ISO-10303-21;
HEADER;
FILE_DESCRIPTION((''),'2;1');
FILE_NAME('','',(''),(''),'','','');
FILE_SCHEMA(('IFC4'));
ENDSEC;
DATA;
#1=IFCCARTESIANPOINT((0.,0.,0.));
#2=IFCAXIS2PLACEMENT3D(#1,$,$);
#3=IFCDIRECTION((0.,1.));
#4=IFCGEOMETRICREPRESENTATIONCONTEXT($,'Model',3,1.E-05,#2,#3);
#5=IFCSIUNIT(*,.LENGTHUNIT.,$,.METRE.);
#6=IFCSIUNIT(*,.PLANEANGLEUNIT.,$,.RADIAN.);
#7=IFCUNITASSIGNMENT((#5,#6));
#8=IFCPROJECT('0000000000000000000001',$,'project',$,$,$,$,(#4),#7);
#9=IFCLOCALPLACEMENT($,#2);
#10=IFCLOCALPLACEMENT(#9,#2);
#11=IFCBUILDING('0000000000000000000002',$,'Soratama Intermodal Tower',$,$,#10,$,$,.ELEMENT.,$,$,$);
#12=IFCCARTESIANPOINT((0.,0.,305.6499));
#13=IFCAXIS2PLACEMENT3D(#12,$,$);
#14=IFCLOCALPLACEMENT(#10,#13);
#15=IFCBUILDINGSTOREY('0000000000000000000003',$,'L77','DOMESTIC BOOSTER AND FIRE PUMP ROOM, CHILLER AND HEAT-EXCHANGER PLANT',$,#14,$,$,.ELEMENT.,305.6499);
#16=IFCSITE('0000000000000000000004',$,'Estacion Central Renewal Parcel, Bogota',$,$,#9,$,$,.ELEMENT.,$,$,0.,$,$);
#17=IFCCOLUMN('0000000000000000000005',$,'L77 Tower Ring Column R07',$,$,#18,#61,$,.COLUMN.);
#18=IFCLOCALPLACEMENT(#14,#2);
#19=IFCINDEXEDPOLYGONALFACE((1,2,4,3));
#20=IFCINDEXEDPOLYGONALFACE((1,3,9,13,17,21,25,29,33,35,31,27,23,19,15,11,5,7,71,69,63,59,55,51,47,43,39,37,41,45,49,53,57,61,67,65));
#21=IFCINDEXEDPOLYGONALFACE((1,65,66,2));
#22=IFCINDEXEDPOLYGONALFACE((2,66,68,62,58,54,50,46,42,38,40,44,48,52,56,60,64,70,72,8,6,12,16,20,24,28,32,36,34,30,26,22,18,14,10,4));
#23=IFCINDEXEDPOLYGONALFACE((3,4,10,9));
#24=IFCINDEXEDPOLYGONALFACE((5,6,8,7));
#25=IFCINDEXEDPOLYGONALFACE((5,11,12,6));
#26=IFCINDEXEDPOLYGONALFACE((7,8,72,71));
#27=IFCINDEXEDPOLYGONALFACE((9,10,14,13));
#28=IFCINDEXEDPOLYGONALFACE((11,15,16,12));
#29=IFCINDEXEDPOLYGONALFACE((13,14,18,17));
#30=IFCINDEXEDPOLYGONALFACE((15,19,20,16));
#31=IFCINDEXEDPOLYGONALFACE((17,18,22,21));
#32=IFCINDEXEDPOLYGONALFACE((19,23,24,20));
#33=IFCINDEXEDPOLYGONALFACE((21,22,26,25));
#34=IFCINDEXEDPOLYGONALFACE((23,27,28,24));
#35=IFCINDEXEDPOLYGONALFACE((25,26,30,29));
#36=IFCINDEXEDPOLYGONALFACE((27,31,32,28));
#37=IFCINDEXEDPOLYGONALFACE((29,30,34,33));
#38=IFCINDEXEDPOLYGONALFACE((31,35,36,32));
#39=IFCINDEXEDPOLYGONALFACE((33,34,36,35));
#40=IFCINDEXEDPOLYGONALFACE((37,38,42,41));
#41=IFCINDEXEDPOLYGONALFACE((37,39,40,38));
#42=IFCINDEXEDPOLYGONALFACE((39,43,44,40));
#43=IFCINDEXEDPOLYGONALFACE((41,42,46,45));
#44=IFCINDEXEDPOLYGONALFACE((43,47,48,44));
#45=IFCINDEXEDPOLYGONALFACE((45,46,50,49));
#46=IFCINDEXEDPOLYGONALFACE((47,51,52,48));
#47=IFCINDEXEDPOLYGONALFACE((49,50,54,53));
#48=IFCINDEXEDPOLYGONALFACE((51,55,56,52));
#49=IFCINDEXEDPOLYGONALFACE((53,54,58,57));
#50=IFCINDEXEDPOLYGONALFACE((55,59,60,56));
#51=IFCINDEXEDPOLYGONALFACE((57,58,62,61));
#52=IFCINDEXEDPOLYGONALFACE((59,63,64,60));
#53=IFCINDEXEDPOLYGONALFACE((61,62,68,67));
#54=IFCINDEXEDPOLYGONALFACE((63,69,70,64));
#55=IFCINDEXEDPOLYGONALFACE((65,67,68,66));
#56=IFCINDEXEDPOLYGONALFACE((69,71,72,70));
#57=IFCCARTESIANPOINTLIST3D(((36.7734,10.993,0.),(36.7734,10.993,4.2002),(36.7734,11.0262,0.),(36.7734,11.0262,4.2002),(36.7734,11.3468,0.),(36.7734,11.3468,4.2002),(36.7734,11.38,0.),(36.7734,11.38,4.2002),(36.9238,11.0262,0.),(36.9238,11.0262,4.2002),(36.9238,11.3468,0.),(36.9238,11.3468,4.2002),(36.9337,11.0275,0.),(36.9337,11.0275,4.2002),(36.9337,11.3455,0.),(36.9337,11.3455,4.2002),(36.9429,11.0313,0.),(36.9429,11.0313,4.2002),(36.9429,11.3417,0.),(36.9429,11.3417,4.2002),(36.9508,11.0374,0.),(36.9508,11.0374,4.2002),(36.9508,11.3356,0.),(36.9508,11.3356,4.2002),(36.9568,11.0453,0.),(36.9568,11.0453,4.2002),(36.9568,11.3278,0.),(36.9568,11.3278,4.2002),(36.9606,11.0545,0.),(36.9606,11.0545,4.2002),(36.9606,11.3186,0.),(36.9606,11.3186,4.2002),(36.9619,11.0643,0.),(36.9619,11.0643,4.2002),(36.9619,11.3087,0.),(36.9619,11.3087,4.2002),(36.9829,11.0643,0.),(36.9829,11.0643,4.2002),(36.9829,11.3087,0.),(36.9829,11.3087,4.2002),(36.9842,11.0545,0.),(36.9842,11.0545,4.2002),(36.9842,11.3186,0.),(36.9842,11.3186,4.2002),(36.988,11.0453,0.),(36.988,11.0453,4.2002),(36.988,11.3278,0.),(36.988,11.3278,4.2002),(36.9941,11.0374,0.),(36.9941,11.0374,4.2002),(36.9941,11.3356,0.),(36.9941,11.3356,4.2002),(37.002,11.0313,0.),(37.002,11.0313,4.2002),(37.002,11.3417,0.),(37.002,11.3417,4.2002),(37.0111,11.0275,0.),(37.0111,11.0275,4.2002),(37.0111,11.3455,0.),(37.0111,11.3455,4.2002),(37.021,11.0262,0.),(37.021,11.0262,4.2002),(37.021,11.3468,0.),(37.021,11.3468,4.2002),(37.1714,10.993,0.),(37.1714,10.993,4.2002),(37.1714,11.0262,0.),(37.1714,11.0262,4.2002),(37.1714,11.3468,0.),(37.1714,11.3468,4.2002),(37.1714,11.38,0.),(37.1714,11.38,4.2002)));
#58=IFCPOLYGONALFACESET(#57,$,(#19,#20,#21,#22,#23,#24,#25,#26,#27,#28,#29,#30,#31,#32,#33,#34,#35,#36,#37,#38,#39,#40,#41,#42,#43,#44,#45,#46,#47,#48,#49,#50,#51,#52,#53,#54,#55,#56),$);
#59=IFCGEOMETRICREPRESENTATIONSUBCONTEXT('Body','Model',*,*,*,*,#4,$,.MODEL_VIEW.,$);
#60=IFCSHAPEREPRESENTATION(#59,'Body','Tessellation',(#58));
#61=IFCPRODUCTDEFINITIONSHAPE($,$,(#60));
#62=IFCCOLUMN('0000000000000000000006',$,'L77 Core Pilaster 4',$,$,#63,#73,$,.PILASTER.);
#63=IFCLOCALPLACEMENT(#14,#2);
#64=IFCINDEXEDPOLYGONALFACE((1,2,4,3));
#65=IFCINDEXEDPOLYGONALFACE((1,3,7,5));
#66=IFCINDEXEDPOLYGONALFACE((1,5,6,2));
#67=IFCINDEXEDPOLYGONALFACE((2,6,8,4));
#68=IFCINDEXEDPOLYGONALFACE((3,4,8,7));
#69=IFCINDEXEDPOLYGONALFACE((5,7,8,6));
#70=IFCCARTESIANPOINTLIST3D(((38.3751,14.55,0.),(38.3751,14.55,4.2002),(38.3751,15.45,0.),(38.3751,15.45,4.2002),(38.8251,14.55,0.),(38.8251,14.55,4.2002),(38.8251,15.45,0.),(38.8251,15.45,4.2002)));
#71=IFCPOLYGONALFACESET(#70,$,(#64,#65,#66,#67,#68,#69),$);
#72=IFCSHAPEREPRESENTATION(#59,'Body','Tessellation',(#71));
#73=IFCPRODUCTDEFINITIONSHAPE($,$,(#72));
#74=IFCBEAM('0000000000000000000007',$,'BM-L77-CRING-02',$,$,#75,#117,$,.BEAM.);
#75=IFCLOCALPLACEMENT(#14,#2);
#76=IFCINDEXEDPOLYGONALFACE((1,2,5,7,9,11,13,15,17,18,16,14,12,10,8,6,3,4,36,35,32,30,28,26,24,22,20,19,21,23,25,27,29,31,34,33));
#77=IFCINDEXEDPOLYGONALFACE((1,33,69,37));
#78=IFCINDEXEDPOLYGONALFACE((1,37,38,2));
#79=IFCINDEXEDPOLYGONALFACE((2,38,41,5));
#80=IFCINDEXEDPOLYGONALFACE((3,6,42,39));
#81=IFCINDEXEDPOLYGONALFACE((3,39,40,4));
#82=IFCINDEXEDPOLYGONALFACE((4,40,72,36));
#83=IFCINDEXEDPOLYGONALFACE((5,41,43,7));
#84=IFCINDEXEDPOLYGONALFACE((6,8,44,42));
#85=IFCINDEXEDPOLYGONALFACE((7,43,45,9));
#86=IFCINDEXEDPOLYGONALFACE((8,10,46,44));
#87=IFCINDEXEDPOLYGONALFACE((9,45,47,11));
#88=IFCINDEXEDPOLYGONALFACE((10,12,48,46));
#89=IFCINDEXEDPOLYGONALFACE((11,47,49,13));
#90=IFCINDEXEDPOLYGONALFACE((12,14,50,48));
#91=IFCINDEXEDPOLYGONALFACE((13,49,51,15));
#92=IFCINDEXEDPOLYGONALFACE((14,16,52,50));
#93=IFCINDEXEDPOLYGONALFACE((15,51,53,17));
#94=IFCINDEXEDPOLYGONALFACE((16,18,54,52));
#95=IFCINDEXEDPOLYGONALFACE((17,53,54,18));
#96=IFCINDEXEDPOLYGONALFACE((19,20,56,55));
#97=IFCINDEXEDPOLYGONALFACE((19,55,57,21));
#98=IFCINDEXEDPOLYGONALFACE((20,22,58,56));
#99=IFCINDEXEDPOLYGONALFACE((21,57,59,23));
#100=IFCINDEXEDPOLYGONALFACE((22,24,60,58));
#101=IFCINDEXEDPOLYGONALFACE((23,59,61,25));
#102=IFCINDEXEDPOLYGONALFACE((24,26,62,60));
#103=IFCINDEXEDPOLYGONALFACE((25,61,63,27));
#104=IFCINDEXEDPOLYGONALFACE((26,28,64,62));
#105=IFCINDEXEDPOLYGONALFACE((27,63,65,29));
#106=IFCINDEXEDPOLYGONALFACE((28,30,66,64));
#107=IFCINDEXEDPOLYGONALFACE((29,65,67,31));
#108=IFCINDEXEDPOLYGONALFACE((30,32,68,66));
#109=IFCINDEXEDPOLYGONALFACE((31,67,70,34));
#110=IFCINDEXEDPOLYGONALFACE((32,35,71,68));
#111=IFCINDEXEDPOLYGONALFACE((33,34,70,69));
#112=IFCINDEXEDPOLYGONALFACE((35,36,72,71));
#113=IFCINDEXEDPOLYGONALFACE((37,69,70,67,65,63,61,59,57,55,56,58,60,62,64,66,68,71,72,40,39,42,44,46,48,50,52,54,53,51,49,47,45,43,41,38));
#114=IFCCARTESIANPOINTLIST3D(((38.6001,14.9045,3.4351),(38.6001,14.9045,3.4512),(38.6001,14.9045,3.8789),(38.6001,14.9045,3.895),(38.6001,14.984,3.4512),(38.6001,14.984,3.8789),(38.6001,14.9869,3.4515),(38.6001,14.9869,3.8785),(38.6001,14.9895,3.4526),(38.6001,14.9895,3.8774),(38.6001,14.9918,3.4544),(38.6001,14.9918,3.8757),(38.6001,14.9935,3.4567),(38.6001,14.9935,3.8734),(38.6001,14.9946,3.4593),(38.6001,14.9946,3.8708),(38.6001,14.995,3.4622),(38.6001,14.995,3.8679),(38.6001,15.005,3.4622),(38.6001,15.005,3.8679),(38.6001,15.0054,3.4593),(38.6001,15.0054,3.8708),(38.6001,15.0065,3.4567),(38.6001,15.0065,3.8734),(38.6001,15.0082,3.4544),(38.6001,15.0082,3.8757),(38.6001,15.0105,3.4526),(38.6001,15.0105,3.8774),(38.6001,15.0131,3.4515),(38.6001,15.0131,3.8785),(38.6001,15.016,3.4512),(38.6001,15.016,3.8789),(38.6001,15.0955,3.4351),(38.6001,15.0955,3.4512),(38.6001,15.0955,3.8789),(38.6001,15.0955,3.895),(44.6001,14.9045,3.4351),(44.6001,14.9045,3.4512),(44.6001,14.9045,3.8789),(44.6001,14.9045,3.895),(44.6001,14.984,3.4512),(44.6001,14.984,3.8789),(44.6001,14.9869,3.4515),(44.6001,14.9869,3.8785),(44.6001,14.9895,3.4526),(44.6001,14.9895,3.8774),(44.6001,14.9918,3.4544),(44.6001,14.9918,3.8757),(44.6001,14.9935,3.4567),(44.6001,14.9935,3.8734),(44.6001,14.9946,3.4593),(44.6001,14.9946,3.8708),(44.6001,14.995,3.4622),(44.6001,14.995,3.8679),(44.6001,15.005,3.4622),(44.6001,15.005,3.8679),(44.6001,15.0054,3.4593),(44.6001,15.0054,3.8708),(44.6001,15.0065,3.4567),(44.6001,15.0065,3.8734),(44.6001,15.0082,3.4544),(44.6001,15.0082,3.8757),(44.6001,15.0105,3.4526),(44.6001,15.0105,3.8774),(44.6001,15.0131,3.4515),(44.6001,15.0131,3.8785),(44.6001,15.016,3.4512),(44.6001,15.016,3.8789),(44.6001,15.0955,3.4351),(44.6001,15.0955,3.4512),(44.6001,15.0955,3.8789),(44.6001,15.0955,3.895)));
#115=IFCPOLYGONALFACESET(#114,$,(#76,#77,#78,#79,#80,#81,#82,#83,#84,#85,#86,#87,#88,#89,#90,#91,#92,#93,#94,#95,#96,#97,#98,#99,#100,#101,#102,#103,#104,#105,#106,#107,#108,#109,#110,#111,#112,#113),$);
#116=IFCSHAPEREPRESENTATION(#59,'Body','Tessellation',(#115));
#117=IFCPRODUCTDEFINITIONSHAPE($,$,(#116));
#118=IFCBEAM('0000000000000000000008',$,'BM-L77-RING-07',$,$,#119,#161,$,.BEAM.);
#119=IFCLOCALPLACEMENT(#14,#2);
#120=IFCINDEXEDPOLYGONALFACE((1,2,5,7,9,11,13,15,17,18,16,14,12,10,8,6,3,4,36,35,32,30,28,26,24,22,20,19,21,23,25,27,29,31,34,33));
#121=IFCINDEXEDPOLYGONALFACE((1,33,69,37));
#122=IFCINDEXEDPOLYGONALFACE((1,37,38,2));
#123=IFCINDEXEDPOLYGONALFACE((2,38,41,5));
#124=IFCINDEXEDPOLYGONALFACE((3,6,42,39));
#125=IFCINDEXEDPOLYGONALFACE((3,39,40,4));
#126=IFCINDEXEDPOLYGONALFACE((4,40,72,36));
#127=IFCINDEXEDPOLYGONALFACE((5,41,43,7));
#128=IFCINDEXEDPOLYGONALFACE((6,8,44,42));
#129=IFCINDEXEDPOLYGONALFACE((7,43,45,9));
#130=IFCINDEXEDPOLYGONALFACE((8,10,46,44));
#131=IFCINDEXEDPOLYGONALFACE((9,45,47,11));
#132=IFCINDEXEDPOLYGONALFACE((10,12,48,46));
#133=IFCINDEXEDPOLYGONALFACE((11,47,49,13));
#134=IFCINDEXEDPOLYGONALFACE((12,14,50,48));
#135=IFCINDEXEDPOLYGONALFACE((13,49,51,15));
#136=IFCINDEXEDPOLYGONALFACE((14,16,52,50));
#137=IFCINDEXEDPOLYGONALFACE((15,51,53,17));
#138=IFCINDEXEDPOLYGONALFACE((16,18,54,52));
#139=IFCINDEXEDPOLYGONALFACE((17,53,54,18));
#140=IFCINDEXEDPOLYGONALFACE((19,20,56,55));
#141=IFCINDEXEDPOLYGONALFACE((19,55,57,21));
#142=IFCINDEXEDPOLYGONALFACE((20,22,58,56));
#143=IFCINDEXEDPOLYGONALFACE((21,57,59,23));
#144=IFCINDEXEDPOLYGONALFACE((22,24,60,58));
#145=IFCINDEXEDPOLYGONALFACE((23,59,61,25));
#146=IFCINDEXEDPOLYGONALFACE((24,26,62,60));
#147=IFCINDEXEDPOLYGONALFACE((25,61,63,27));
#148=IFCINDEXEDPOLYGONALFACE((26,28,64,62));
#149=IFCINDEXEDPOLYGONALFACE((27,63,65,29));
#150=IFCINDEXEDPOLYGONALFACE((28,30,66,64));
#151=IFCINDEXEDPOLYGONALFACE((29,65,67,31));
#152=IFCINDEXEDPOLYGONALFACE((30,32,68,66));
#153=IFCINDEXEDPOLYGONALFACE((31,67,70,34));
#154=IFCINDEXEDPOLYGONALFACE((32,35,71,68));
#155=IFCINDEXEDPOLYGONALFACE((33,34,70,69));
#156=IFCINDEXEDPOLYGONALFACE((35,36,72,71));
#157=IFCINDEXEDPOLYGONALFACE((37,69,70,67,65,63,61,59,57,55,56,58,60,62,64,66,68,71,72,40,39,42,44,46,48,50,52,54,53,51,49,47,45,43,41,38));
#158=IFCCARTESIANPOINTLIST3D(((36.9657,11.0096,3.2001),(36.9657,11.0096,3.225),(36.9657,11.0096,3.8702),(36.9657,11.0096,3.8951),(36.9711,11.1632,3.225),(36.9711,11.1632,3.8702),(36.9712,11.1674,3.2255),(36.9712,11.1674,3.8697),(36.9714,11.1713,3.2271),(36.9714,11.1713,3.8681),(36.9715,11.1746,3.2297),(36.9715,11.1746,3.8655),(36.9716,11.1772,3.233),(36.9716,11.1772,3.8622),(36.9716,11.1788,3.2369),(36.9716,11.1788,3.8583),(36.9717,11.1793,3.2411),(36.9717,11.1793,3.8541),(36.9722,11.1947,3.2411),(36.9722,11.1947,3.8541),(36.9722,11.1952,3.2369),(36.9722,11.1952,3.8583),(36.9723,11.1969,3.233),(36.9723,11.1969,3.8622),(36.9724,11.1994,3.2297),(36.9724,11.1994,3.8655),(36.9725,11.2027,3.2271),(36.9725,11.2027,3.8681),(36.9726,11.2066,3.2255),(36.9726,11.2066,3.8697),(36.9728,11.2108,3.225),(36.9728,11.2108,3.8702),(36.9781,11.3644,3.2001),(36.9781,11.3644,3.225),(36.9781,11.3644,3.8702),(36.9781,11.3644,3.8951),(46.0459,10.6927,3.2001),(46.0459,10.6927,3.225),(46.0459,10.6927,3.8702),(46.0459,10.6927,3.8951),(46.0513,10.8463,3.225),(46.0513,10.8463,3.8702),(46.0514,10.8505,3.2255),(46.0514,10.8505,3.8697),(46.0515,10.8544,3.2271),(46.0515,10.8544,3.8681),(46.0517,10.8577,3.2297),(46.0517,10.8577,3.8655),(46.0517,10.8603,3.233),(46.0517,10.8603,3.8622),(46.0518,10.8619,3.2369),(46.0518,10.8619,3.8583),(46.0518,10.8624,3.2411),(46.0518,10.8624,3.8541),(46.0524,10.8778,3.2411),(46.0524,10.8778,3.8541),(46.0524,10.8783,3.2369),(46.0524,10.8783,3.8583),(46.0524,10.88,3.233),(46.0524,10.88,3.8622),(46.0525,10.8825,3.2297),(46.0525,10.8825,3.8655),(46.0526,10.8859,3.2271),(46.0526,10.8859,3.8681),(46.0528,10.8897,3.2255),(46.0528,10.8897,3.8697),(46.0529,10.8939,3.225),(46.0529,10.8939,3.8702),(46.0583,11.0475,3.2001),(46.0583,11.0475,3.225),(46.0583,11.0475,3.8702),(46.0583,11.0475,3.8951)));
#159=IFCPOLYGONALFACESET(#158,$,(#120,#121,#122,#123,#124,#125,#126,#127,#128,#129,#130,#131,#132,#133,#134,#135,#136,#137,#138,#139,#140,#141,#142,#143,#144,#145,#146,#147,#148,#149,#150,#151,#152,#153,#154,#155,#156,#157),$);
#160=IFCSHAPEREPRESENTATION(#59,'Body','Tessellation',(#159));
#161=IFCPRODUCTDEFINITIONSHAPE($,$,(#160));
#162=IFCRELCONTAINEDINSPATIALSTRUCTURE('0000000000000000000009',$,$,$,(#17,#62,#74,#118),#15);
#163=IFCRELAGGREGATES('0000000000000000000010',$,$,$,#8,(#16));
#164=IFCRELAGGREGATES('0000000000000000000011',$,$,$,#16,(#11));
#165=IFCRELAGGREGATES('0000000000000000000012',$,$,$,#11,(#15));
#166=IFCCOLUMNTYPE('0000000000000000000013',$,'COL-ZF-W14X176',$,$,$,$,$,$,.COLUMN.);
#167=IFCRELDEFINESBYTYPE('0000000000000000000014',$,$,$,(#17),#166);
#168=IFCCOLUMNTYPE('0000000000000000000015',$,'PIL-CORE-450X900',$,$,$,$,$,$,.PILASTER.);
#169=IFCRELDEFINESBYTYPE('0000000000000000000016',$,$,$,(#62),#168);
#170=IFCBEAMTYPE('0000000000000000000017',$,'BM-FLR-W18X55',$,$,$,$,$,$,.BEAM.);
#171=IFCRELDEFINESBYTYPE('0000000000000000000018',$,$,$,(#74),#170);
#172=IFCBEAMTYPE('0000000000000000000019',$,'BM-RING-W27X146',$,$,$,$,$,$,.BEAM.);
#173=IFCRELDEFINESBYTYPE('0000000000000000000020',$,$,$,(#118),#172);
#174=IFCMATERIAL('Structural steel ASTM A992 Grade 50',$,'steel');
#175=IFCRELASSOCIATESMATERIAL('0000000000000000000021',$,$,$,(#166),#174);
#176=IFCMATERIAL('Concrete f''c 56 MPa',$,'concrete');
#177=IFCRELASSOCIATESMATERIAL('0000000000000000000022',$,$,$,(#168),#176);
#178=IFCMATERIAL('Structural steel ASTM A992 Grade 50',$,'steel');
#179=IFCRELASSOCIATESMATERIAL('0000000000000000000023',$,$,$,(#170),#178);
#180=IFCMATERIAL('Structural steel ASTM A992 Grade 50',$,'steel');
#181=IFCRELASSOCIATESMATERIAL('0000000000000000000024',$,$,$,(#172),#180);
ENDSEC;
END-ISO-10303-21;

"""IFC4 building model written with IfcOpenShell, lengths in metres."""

from ifc_helpers import new_model, si_unit, direction, frame, origin, origin_2d, place, context, subcontext, project, spatial, rectangle, i_section, extrude, material, material_profile, profile_set, type_object, element, save


model = new_model("IFC4")

# Units and contexts
model_context = context("Model", 3, precision=1e-05, world=origin(), true_north=direction((0.0, 1.0)))
body_context = subcontext(model_context, "Body", "Model", "MODEL_VIEW")
ifc_project = project(units=[si_unit("LENGTHUNIT", "METRE"), si_unit("PLANEANGLEUNIT", "RADIAN")], contexts=[model_context])

# Site, building, storey
site_placement = place(None, origin())
site = spatial("IfcSite", under=ifc_project, at=site_placement, Name="Estacion Central Renewal Parcel, Bogota", CompositionType="ELEMENT", RefElevation=0.0)
building_placement = place(site_placement, origin())
building = spatial("IfcBuilding", under=site, at=building_placement, Name="Soratama Intermodal Tower", CompositionType="ELEMENT")
storey_placement = place(building_placement, frame((0.0, 0.0, 305.6499)))
storey = spatial("IfcBuildingStorey", under=building, at=storey_placement, Name="L77", Description="DOMESTIC BOOSTER AND FIRE PUMP ROOM, CHILLER AND HEAT-EXCHANGER PLANT", CompositionType="ELEMENT", Elevation=305.6499)

# Columns
ifc_material_1 = material(Name="Structural steel ASTM A992 Grade 50", Category="steel")
ifc_material_profile_1 = material_profile(ifc_material_1, i_section(OverallWidth=0.3979, OverallDepth=0.387, WebThickness=0.021, FlangeThickness=0.0332, FilletRadius=0.0381, at=origin_2d()), Name="W14X176")
ifc_profile_set_1 = profile_set([ifc_material_profile_1], Name="Structural steel ASTM A992 Grade 50")
column_type_1 = type_object("IfcColumnType", Name="COL-ZF-W14X176", PredefinedType="COLUMN", material=ifc_profile_set_1)
column_1_placement = place(storey_placement, frame((36.9724, 11.1865, 0.0), z_axis=(0.0, 0.0, 1.0), x_axis=(1.0, 0.0, 0.0)))
element("IfcColumn", 1, at=column_1_placement, inside=storey, type_object=column_type_1, Name="L77 Tower Ring Column R07", PredefinedType="COLUMN", context=body_context, shape_type="SweptSolid", body=[
    extrude(i_section(OverallWidth=0.3979, OverallDepth=0.387, WebThickness=0.021, FlangeThickness=0.0332, FilletRadius=0.0381, at=origin_2d()), origin(), (0.0, 0.0, 1.0), 4.2002),
])
ifc_material_2 = material(Name="Concrete f'c 56 MPa", Category="concrete")
ifc_material_profile_2 = material_profile(ifc_material_2, rectangle(XDim=0.45, YDim=0.8999, at=origin_2d()), Name="RC450X900")
ifc_profile_set_2 = profile_set([ifc_material_profile_2], Name="Concrete f'c 56 MPa")
column_type_2 = type_object("IfcColumnType", Name="PIL-CORE-450X900", PredefinedType="PILASTER", material=ifc_profile_set_2)
column_2_placement = place(storey_placement, frame((38.6001, 15.0, 0.0), z_axis=(0.0, 0.0, 1.0), x_axis=(1.0, 0.0, 0.0)))
element("IfcColumn", 2, at=column_2_placement, inside=storey, type_object=column_type_2, Name="L77 Core Pilaster 4", PredefinedType="PILASTER", context=body_context, shape_type="SweptSolid", body=[
    extrude(rectangle(XDim=0.45, YDim=0.8999, at=origin_2d()), origin(), (0.0, 0.0, 1.0), 4.2002),
])

# Beams
ifc_material_3 = material(Name="Structural steel ASTM A992 Grade 50", Category="steel")
ifc_material_profile_3 = material_profile(ifc_material_3, i_section(OverallWidth=0.1909, OverallDepth=0.46, WebThickness=0.01, FlangeThickness=0.0161, FilletRadius=0.011, at=origin_2d()), Name="W18X55")
ifc_profile_set_3 = profile_set([ifc_material_profile_3], Name="Structural steel ASTM A992 Grade 50")
beam_type_1 = type_object("IfcBeamType", Name="BM-FLR-W18X55", PredefinedType="BEAM", material=ifc_profile_set_3)
beam_1_placement = place(storey_placement, frame((38.6001, 15.0, 3.665), z_axis=(1.0, 0.0, 0.0), x_axis=(0.0, 1.0, 0.0)))
element("IfcBeam", 3, at=beam_1_placement, inside=storey, type_object=beam_type_1, Name="BM-L77-CRING-02", PredefinedType="BEAM", context=body_context, shape_type="SweptSolid", body=[
    extrude(i_section(OverallWidth=0.1909, OverallDepth=0.46, WebThickness=0.01, FlangeThickness=0.0161, FilletRadius=0.011, at=origin_2d()), origin(), (0.0, 0.0, 1.0), 6.0),
])
ifc_material_4 = material(Name="Structural steel ASTM A992 Grade 50", Category="steel")
ifc_material_profile_4 = material_profile(ifc_material_4, i_section(OverallWidth=0.355, OverallDepth=0.6951, WebThickness=0.0154, FlangeThickness=0.0249, FilletRadius=0.0161, at=origin_2d()), Name="W27X146")
ifc_profile_set_4 = profile_set([ifc_material_profile_4], Name="Structural steel ASTM A992 Grade 50")
beam_type_2 = type_object("IfcBeamType", Name="BM-RING-W27X146", PredefinedType="BEAM", material=ifc_profile_set_4)
beam_2_placement = place(storey_placement, frame((36.9719, 11.187, 3.5476), z_axis=(0.999392, -0.034879, 0.0), x_axis=(0.034879, 0.999392, 0.0)))
element("IfcBeam", 4, at=beam_2_placement, inside=storey, type_object=beam_type_2, Name="BM-L77-RING-07", PredefinedType="BEAM", context=body_context, shape_type="SweptSolid", body=[
    extrude(i_section(OverallWidth=0.355, OverallDepth=0.6951, WebThickness=0.0154, FlangeThickness=0.0249, FilletRadius=0.0161, at=origin_2d()), origin(), (0.0, 0.0, 1.0), 9.0857),
])

save(model, "model.ifc")
